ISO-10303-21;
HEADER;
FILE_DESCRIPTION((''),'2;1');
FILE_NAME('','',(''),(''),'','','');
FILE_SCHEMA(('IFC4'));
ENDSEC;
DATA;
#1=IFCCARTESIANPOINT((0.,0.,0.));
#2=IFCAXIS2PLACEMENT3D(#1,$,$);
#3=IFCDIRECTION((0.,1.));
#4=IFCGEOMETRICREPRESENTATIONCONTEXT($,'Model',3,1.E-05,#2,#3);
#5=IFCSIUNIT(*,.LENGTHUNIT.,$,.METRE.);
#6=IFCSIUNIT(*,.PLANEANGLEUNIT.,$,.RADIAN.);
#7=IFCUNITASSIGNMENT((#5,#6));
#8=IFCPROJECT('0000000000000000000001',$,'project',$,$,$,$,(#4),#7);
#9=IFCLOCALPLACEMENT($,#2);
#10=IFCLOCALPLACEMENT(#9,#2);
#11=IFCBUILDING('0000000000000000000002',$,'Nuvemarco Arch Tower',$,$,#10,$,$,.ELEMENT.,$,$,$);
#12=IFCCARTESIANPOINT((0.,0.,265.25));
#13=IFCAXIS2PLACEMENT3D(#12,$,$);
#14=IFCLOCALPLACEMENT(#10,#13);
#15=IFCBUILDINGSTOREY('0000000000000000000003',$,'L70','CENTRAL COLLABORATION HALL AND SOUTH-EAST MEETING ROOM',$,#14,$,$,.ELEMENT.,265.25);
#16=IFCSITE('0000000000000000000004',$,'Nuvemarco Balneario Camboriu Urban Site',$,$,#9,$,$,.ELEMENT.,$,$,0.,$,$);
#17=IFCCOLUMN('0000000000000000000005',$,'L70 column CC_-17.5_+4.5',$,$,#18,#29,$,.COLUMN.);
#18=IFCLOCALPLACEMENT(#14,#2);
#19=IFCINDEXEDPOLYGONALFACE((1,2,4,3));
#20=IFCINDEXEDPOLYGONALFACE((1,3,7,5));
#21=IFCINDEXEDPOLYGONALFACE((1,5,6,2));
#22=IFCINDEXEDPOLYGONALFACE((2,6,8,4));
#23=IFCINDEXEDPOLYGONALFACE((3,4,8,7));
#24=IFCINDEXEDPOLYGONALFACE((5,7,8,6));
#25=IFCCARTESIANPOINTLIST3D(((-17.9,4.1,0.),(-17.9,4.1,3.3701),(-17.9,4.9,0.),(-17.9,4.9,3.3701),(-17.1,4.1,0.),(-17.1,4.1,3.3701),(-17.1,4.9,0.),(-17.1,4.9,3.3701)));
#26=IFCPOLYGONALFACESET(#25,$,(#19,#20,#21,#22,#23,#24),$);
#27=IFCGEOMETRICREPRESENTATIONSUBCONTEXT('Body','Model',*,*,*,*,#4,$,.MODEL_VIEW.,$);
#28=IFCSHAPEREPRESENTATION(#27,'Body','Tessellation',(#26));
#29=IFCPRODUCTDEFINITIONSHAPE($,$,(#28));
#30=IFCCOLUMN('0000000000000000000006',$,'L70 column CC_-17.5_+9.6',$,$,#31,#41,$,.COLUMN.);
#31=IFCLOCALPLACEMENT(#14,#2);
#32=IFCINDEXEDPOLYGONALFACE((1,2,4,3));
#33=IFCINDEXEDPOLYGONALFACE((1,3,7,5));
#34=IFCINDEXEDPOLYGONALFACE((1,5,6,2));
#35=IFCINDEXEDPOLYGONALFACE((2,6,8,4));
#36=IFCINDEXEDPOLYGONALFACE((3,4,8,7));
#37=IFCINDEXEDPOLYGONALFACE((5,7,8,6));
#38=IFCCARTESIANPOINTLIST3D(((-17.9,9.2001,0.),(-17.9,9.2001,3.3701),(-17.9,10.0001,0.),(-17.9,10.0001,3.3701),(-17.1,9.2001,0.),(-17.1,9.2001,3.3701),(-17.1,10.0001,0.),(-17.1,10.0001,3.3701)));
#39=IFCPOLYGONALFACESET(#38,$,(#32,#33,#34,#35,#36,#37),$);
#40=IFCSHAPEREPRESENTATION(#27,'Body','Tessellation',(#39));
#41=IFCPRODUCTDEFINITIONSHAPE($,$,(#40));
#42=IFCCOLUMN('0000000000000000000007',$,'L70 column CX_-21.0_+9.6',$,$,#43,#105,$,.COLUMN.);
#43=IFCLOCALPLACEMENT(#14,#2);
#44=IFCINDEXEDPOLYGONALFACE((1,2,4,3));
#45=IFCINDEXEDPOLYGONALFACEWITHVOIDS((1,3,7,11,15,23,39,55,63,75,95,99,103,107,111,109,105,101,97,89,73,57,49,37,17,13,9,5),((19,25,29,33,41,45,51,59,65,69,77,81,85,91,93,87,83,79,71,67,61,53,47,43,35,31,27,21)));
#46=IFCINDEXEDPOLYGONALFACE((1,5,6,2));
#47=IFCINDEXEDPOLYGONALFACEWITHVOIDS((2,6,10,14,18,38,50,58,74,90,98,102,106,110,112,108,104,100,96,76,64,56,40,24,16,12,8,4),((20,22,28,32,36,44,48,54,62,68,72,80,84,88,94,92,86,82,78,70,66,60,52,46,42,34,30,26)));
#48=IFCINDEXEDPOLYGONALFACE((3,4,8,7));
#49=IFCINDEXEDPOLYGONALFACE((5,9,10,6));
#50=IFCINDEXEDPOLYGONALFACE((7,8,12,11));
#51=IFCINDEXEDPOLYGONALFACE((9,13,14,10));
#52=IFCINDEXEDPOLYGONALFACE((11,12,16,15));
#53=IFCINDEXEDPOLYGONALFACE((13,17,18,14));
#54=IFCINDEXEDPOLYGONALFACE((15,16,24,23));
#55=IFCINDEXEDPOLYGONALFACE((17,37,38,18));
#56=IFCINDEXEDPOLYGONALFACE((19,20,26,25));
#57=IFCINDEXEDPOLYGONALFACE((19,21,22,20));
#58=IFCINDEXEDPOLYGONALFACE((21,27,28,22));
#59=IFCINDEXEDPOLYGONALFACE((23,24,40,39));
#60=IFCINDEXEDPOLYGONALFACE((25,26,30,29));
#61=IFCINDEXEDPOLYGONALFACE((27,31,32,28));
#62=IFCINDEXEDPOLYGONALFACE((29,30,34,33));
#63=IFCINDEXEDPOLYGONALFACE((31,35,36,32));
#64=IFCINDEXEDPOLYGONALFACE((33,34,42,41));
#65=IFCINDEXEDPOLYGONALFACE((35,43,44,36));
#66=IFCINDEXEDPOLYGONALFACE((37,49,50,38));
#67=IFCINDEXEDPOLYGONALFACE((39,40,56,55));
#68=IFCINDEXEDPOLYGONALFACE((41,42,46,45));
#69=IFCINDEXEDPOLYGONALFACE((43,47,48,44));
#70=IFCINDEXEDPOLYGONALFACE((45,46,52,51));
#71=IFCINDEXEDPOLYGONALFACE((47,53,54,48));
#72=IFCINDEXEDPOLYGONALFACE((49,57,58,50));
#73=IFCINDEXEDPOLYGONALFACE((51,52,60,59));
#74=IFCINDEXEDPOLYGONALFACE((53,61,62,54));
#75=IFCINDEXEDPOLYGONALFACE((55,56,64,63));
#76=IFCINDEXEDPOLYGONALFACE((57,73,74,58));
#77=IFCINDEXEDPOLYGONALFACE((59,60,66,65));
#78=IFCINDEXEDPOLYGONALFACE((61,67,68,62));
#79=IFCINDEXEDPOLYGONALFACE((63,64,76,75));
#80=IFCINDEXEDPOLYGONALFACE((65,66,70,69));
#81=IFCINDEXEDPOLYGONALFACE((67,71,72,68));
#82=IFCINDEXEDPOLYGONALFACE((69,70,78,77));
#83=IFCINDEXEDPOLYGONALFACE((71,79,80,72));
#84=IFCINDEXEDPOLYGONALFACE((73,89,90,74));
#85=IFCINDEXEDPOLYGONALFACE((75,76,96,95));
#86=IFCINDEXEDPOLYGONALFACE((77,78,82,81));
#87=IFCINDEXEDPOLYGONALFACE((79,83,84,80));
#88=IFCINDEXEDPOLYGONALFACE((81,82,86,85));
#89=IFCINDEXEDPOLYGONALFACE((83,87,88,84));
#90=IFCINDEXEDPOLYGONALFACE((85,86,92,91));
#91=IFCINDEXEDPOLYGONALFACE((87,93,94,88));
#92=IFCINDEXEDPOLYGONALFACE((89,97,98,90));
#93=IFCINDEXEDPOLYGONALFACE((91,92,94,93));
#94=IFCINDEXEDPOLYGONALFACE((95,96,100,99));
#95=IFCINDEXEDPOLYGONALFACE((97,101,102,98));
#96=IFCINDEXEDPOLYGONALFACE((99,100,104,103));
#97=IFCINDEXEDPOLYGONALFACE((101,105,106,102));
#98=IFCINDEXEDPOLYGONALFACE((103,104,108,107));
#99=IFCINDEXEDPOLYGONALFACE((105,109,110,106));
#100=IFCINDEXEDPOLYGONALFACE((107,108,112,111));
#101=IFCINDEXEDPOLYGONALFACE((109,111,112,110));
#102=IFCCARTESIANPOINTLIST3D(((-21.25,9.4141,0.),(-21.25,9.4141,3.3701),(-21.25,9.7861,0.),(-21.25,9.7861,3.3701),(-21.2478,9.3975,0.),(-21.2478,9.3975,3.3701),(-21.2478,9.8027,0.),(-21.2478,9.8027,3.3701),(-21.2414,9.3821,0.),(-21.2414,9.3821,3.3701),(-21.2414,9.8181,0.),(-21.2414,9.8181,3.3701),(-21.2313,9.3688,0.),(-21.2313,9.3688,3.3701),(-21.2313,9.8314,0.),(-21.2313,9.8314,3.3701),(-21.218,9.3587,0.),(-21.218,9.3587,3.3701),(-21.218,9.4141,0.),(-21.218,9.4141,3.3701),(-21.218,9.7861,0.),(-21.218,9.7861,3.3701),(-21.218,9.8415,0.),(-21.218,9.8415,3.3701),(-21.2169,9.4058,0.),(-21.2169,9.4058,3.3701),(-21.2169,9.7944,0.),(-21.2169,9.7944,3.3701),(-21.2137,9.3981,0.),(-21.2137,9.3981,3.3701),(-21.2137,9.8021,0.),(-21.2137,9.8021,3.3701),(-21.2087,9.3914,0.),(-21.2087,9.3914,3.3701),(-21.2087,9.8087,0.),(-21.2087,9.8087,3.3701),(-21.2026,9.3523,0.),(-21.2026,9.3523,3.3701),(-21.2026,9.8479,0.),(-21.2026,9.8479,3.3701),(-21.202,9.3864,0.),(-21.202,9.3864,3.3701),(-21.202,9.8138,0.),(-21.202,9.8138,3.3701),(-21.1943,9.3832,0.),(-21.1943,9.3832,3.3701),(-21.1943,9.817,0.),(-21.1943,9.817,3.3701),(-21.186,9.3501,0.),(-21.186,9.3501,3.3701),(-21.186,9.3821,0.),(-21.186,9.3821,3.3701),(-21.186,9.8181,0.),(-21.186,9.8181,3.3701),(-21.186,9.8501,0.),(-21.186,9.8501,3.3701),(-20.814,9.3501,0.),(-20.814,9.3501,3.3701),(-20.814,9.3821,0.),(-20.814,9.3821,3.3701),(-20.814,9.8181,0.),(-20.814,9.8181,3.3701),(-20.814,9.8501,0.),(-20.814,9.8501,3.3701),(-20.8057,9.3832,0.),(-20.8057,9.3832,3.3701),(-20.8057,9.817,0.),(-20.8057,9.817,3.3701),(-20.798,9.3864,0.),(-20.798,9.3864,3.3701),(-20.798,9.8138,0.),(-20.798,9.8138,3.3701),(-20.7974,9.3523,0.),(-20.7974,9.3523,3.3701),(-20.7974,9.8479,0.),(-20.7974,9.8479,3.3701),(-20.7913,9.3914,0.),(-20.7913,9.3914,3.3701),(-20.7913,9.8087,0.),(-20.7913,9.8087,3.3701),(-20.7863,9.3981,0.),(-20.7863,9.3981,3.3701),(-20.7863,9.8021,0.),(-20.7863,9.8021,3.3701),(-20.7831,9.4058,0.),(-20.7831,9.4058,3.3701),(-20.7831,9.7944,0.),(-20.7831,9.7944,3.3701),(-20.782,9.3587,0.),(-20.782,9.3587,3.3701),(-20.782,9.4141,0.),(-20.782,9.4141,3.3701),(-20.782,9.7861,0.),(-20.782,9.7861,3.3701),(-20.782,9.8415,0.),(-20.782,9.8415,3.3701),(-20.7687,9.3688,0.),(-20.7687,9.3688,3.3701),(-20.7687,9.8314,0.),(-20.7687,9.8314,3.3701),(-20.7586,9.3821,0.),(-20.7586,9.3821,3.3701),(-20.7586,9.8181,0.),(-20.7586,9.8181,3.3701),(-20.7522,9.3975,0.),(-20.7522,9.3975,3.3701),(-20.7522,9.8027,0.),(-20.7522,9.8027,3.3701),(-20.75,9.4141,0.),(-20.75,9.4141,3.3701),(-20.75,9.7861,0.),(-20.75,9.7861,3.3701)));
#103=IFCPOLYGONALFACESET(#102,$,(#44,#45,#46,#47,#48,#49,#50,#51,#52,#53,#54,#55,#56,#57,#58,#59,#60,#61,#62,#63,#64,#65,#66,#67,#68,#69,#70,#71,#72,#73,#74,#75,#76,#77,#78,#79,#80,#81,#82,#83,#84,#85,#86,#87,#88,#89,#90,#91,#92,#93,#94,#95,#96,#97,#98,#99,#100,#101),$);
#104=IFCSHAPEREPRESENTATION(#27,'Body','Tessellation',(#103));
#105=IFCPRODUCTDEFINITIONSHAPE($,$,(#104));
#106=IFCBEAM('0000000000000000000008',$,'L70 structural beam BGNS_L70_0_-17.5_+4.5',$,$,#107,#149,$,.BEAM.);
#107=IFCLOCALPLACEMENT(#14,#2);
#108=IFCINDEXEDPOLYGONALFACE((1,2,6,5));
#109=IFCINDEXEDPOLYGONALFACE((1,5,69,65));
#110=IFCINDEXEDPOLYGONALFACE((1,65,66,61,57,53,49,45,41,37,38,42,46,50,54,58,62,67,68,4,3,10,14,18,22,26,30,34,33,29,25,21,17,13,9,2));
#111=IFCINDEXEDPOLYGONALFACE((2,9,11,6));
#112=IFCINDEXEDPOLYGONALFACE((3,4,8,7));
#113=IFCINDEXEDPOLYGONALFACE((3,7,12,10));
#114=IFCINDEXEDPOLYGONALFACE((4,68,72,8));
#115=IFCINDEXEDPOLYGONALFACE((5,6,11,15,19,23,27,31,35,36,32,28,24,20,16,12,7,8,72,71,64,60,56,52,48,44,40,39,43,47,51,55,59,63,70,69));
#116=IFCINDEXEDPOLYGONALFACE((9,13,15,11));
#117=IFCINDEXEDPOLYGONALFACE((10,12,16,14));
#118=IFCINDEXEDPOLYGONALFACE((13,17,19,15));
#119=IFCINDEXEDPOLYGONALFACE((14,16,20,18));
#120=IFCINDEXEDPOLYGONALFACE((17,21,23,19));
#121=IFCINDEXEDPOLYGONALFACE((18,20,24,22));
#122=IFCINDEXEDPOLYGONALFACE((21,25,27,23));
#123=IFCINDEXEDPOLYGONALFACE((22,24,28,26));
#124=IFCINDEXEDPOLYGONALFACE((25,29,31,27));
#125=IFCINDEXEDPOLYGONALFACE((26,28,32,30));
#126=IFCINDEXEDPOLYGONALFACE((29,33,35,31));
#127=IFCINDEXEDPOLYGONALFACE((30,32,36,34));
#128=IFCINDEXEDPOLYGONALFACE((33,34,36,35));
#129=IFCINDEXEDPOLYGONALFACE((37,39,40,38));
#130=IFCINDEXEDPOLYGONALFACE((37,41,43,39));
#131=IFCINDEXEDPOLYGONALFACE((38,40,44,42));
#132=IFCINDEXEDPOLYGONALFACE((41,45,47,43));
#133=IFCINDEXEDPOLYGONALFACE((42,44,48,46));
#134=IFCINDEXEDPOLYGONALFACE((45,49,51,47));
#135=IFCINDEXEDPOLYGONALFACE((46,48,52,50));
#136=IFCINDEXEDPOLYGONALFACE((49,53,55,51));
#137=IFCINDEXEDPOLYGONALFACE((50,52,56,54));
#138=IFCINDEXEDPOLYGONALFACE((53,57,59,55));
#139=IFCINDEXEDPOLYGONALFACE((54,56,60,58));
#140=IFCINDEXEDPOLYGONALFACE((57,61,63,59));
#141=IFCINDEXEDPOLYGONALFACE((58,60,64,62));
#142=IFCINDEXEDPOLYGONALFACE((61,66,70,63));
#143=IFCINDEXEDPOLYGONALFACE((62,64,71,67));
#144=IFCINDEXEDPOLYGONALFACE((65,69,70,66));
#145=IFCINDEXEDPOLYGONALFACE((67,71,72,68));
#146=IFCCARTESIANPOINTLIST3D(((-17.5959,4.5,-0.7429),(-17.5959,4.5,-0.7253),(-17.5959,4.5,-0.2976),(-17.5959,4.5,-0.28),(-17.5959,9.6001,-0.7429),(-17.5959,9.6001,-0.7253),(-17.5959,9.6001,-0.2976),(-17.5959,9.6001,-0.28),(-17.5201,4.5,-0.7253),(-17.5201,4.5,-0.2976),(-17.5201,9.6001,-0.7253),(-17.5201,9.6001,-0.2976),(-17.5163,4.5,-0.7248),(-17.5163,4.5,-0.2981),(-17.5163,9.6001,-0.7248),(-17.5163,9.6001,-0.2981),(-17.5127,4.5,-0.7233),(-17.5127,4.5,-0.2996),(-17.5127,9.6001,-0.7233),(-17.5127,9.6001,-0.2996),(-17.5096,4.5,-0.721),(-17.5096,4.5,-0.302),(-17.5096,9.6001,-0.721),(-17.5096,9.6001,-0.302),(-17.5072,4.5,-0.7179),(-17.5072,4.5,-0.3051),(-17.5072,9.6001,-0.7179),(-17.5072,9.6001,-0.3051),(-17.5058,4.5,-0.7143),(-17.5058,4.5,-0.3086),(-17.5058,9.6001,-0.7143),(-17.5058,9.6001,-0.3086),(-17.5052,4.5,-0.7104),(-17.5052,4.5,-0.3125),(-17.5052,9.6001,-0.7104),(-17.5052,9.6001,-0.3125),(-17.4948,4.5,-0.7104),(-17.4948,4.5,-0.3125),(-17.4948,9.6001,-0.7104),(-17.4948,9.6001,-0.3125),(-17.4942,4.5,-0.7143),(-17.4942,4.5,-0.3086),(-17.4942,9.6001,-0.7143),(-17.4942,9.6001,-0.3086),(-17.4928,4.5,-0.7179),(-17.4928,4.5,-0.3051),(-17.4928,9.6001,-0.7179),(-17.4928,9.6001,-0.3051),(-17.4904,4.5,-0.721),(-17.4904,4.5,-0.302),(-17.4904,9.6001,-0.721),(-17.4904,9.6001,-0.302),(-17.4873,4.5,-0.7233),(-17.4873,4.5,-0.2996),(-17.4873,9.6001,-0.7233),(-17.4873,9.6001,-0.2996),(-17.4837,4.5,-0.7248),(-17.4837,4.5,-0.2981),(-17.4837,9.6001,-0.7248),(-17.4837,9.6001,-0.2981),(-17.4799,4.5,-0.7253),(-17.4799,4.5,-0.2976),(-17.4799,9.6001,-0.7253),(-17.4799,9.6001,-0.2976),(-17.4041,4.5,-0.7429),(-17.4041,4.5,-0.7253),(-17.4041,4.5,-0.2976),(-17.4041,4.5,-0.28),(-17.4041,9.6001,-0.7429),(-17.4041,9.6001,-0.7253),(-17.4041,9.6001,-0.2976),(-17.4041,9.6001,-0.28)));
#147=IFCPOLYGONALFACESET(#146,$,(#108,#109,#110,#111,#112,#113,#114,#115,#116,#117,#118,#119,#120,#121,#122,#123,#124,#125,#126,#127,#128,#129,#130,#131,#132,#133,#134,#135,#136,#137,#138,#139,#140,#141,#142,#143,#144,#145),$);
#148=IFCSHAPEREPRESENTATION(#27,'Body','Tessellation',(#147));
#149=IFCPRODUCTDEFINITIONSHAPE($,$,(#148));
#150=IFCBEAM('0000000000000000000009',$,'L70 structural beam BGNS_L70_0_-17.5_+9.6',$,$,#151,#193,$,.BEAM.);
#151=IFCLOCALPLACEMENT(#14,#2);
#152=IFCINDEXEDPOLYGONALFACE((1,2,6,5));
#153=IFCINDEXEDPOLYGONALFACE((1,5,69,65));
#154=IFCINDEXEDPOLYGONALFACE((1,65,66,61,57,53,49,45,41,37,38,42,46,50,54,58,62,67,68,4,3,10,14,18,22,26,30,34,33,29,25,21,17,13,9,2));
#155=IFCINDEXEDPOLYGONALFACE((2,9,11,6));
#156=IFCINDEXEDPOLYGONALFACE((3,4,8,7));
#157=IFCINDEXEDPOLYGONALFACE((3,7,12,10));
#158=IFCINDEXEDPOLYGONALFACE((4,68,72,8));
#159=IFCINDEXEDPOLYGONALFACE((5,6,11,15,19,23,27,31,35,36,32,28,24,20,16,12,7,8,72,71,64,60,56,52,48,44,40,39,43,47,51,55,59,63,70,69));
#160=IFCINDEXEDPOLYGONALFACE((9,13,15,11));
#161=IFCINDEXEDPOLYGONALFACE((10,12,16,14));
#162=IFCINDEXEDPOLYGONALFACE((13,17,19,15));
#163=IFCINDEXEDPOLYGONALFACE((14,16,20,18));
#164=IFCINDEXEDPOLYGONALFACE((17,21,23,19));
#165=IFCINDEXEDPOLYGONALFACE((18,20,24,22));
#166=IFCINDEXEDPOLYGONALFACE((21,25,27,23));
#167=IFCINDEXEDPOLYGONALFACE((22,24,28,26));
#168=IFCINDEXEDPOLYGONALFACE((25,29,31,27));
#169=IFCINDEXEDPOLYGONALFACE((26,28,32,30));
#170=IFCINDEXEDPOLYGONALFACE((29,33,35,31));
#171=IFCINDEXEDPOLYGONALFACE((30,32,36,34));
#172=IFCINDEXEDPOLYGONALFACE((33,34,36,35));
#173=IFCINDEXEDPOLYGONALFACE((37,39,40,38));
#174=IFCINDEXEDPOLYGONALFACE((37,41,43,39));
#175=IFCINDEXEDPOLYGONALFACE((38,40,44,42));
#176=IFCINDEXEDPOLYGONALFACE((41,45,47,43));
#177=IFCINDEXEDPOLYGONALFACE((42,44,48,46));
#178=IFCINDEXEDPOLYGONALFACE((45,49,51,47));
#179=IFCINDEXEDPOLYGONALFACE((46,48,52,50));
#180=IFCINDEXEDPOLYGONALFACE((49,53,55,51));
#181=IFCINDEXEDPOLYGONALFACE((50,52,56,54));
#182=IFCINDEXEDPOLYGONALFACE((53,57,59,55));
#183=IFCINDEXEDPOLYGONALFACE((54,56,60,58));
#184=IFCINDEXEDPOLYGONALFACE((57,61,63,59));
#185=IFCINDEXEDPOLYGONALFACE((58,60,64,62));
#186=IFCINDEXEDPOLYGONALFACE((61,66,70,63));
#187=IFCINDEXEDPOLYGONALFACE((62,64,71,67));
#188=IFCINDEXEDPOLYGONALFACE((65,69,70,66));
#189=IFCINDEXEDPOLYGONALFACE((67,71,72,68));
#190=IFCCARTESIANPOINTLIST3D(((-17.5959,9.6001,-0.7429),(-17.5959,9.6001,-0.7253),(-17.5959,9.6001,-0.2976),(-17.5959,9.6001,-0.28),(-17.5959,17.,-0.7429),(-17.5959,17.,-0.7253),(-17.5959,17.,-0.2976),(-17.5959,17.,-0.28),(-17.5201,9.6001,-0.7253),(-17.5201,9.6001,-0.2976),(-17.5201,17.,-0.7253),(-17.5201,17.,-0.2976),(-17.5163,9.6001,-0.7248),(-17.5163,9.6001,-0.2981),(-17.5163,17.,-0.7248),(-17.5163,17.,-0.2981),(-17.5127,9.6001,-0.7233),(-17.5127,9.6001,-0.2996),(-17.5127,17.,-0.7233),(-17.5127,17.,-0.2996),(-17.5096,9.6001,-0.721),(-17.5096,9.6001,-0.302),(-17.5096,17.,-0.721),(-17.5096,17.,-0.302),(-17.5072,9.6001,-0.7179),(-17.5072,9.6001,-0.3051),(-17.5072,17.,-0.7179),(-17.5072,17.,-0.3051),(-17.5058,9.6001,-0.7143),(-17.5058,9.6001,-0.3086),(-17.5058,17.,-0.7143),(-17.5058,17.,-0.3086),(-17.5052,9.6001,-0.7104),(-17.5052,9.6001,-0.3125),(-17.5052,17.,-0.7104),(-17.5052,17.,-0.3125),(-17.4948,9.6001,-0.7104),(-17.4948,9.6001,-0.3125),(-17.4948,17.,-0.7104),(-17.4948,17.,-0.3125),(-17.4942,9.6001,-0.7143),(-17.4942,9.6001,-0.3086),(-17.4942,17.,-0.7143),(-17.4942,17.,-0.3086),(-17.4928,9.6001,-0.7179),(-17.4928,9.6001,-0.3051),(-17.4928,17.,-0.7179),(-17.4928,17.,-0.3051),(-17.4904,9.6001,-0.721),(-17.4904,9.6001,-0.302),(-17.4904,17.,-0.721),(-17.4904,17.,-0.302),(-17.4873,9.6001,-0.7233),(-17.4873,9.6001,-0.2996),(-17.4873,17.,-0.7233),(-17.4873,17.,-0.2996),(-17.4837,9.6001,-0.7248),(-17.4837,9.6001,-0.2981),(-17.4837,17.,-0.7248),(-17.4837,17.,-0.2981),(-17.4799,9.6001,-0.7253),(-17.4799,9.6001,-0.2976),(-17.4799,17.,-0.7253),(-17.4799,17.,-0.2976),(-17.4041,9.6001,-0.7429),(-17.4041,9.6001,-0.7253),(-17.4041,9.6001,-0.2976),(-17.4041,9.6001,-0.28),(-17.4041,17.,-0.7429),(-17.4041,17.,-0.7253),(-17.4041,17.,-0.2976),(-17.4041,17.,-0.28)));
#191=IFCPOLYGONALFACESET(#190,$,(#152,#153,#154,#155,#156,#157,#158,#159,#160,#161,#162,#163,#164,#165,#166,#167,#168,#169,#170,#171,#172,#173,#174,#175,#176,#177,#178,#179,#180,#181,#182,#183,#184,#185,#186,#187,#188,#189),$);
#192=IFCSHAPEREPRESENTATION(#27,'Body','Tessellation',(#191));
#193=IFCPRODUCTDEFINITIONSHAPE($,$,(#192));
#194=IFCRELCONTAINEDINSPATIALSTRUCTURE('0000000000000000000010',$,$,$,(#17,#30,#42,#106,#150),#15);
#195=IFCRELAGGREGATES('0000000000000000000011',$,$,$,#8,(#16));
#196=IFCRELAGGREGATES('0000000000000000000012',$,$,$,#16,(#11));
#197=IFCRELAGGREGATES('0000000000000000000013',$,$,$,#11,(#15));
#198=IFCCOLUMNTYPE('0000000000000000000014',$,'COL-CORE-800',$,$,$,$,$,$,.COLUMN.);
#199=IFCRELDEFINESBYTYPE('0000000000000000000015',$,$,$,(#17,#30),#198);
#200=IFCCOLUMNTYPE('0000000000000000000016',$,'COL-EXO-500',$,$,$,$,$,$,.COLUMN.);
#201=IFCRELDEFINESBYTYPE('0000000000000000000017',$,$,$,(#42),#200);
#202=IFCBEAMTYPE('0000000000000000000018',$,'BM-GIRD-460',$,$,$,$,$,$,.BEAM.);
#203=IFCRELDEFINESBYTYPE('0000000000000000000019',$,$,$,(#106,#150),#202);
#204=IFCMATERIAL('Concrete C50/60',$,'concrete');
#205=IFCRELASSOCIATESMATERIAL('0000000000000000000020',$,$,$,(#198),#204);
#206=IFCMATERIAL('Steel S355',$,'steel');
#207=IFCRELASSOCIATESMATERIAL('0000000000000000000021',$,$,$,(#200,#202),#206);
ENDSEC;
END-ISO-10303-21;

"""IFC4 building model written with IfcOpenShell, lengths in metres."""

from ifc_helpers import new_model, si_unit, direction, frame, origin, origin_2d, place, context, subcontext, project, spatial, rectangle, hollow_rectangle, i_section, extrude, material, material_profile, profile_set, type_object, element, save


model = new_model("IFC4")

# Units and contexts
model_context = context("Model", 3, precision=1e-05, world=origin(), true_north=direction((0.0, 1.0)))
body_context = subcontext(model_context, "Body", "Model", "MODEL_VIEW")
ifc_project = project(units=[si_unit("LENGTHUNIT", "METRE"), si_unit("PLANEANGLEUNIT", "RADIAN")], contexts=[model_context])

# Site, building, storey
site_placement = place(None, origin())
site = spatial("IfcSite", under=ifc_project, at=site_placement, Name="Nuvemarco Balneario Camboriu Urban Site", CompositionType="ELEMENT", RefElevation=0.0)
building_placement = place(site_placement, origin())
building = spatial("IfcBuilding", under=site, at=building_placement, Name="Nuvemarco Arch Tower", CompositionType="ELEMENT")
storey_placement = place(building_placement, frame((0.0, 0.0, 265.25)))
storey = spatial("IfcBuildingStorey", under=building, at=storey_placement, Name="L70", Description="CENTRAL COLLABORATION HALL AND SOUTH-EAST MEETING ROOM", CompositionType="ELEMENT", Elevation=265.25)

# Columns
ifc_material_1 = material(Name="Concrete C50/60", Category="concrete")
ifc_material_profile_1 = material_profile(ifc_material_1, rectangle(XDim=0.8, YDim=0.8, at=origin_2d()), Name="RC-COL-800x800")
ifc_profile_set_1 = profile_set([ifc_material_profile_1], Name="Concrete C50/60")
column_type_1 = type_object("IfcColumnType", Name="COL-CORE-800", PredefinedType="COLUMN", material=ifc_profile_set_1)
for number, where, z_axis, x_axis, name in (
    (1, (-17.5, 4.5, 0.0), (0.0, 0.0, 1.0), (1.0, 0.0, 0.0), "L70 column CC_-17.5_+4.5"),
    (2, (-17.5, 9.6001, 0.0), (0.0, 0.0, 1.0), (1.0, 0.0, 0.0), "L70 column CC_-17.5_+9.6"),
):
    element("IfcColumn", number, at=place(storey_placement, frame(where, z_axis=z_axis, x_axis=x_axis)), inside=storey, type_object=column_type_1, Name=name, PredefinedType="COLUMN", context=body_context, shape_type="SweptSolid", body=[
        extrude(rectangle(XDim=0.8, YDim=0.8, at=origin_2d()), origin(), (0.0, 0.0, 1.0), 3.3701),
    ])
ifc_material_2 = material(Name="Steel S355", Category="steel")
ifc_material_profile_2 = material_profile(ifc_material_2, hollow_rectangle(XDim=0.5, YDim=0.5, WallThickness=0.032, InnerFilletRadius=0.032, OuterFilletRadius=0.064, at=origin_2d()), Name="SHS500x500x32")
ifc_profile_set_2 = profile_set([ifc_material_profile_2], Name="Steel S355")
column_type_2 = type_object("IfcColumnType", Name="COL-EXO-500", PredefinedType="COLUMN", material=ifc_profile_set_2)
column_placement = place(storey_placement, frame((-21.0, 9.6001, 0.0), z_axis=(0.0, 0.0, 1.0), x_axis=(1.0, 0.0, 0.0)))
element("IfcColumn", 3, at=column_placement, inside=storey, type_object=column_type_2, Name="L70 column CX_-21.0_+9.6", PredefinedType="COLUMN", context=body_context, shape_type="SweptSolid", body=[
    extrude(hollow_rectangle(XDim=0.5, YDim=0.5, WallThickness=0.032, InnerFilletRadius=0.032, OuterFilletRadius=0.064, at=origin_2d()), origin(), (0.0, 0.0, 1.0), 3.3701),
])

# Beams
ifc_material_profile_3 = material_profile(ifc_material_2, i_section(OverallWidth=0.1919, OverallDepth=0.4629, WebThickness=0.0105, FlangeThickness=0.0176, FilletRadius=0.0149, at=origin_2d()), Name="W460x89")
ifc_profile_set_3 = profile_set([ifc_material_profile_3], Name="Steel S355")
beam_type_1 = type_object("IfcBeamType", Name="BM-GIRD-460", PredefinedType="BEAM", material=ifc_profile_set_3)
beam_1_placement = place(storey_placement, frame((-17.5, 4.5, -0.5115), z_axis=(0.0, 1.0, 0.0), x_axis=(-1.0, 0.0, 0.0)))
element("IfcBeam", 4, at=beam_1_placement, inside=storey, type_object=beam_type_1, Name="L70 structural beam BGNS_L70_0_-17.5_+4.5", PredefinedType="BEAM", context=body_context, shape_type="SweptSolid", body=[
    extrude(i_section(OverallWidth=0.1919, OverallDepth=0.4629, WebThickness=0.0105, FlangeThickness=0.0176, FilletRadius=0.0149, at=origin_2d()), origin(), (0.0, 0.0, 1.0), 5.1001),
])
beam_2_placement = place(storey_placement, frame((-17.5, 9.6001, -0.5115), z_axis=(0.0, 1.0, 0.0), x_axis=(-1.0, 0.0, 0.0)))
element("IfcBeam", 5, at=beam_2_placement, inside=storey, type_object=beam_type_1, Name="L70 structural beam BGNS_L70_0_-17.5_+9.6", PredefinedType="BEAM", context=body_context, shape_type="SweptSolid", body=[
    extrude(i_section(OverallWidth=0.1919, OverallDepth=0.4629, WebThickness=0.0105, FlangeThickness=0.0176, FilletRadius=0.0149, at=origin_2d()), origin(), (0.0, 0.0, 1.0), 7.3999),
])

save(model, "model.ifc")
